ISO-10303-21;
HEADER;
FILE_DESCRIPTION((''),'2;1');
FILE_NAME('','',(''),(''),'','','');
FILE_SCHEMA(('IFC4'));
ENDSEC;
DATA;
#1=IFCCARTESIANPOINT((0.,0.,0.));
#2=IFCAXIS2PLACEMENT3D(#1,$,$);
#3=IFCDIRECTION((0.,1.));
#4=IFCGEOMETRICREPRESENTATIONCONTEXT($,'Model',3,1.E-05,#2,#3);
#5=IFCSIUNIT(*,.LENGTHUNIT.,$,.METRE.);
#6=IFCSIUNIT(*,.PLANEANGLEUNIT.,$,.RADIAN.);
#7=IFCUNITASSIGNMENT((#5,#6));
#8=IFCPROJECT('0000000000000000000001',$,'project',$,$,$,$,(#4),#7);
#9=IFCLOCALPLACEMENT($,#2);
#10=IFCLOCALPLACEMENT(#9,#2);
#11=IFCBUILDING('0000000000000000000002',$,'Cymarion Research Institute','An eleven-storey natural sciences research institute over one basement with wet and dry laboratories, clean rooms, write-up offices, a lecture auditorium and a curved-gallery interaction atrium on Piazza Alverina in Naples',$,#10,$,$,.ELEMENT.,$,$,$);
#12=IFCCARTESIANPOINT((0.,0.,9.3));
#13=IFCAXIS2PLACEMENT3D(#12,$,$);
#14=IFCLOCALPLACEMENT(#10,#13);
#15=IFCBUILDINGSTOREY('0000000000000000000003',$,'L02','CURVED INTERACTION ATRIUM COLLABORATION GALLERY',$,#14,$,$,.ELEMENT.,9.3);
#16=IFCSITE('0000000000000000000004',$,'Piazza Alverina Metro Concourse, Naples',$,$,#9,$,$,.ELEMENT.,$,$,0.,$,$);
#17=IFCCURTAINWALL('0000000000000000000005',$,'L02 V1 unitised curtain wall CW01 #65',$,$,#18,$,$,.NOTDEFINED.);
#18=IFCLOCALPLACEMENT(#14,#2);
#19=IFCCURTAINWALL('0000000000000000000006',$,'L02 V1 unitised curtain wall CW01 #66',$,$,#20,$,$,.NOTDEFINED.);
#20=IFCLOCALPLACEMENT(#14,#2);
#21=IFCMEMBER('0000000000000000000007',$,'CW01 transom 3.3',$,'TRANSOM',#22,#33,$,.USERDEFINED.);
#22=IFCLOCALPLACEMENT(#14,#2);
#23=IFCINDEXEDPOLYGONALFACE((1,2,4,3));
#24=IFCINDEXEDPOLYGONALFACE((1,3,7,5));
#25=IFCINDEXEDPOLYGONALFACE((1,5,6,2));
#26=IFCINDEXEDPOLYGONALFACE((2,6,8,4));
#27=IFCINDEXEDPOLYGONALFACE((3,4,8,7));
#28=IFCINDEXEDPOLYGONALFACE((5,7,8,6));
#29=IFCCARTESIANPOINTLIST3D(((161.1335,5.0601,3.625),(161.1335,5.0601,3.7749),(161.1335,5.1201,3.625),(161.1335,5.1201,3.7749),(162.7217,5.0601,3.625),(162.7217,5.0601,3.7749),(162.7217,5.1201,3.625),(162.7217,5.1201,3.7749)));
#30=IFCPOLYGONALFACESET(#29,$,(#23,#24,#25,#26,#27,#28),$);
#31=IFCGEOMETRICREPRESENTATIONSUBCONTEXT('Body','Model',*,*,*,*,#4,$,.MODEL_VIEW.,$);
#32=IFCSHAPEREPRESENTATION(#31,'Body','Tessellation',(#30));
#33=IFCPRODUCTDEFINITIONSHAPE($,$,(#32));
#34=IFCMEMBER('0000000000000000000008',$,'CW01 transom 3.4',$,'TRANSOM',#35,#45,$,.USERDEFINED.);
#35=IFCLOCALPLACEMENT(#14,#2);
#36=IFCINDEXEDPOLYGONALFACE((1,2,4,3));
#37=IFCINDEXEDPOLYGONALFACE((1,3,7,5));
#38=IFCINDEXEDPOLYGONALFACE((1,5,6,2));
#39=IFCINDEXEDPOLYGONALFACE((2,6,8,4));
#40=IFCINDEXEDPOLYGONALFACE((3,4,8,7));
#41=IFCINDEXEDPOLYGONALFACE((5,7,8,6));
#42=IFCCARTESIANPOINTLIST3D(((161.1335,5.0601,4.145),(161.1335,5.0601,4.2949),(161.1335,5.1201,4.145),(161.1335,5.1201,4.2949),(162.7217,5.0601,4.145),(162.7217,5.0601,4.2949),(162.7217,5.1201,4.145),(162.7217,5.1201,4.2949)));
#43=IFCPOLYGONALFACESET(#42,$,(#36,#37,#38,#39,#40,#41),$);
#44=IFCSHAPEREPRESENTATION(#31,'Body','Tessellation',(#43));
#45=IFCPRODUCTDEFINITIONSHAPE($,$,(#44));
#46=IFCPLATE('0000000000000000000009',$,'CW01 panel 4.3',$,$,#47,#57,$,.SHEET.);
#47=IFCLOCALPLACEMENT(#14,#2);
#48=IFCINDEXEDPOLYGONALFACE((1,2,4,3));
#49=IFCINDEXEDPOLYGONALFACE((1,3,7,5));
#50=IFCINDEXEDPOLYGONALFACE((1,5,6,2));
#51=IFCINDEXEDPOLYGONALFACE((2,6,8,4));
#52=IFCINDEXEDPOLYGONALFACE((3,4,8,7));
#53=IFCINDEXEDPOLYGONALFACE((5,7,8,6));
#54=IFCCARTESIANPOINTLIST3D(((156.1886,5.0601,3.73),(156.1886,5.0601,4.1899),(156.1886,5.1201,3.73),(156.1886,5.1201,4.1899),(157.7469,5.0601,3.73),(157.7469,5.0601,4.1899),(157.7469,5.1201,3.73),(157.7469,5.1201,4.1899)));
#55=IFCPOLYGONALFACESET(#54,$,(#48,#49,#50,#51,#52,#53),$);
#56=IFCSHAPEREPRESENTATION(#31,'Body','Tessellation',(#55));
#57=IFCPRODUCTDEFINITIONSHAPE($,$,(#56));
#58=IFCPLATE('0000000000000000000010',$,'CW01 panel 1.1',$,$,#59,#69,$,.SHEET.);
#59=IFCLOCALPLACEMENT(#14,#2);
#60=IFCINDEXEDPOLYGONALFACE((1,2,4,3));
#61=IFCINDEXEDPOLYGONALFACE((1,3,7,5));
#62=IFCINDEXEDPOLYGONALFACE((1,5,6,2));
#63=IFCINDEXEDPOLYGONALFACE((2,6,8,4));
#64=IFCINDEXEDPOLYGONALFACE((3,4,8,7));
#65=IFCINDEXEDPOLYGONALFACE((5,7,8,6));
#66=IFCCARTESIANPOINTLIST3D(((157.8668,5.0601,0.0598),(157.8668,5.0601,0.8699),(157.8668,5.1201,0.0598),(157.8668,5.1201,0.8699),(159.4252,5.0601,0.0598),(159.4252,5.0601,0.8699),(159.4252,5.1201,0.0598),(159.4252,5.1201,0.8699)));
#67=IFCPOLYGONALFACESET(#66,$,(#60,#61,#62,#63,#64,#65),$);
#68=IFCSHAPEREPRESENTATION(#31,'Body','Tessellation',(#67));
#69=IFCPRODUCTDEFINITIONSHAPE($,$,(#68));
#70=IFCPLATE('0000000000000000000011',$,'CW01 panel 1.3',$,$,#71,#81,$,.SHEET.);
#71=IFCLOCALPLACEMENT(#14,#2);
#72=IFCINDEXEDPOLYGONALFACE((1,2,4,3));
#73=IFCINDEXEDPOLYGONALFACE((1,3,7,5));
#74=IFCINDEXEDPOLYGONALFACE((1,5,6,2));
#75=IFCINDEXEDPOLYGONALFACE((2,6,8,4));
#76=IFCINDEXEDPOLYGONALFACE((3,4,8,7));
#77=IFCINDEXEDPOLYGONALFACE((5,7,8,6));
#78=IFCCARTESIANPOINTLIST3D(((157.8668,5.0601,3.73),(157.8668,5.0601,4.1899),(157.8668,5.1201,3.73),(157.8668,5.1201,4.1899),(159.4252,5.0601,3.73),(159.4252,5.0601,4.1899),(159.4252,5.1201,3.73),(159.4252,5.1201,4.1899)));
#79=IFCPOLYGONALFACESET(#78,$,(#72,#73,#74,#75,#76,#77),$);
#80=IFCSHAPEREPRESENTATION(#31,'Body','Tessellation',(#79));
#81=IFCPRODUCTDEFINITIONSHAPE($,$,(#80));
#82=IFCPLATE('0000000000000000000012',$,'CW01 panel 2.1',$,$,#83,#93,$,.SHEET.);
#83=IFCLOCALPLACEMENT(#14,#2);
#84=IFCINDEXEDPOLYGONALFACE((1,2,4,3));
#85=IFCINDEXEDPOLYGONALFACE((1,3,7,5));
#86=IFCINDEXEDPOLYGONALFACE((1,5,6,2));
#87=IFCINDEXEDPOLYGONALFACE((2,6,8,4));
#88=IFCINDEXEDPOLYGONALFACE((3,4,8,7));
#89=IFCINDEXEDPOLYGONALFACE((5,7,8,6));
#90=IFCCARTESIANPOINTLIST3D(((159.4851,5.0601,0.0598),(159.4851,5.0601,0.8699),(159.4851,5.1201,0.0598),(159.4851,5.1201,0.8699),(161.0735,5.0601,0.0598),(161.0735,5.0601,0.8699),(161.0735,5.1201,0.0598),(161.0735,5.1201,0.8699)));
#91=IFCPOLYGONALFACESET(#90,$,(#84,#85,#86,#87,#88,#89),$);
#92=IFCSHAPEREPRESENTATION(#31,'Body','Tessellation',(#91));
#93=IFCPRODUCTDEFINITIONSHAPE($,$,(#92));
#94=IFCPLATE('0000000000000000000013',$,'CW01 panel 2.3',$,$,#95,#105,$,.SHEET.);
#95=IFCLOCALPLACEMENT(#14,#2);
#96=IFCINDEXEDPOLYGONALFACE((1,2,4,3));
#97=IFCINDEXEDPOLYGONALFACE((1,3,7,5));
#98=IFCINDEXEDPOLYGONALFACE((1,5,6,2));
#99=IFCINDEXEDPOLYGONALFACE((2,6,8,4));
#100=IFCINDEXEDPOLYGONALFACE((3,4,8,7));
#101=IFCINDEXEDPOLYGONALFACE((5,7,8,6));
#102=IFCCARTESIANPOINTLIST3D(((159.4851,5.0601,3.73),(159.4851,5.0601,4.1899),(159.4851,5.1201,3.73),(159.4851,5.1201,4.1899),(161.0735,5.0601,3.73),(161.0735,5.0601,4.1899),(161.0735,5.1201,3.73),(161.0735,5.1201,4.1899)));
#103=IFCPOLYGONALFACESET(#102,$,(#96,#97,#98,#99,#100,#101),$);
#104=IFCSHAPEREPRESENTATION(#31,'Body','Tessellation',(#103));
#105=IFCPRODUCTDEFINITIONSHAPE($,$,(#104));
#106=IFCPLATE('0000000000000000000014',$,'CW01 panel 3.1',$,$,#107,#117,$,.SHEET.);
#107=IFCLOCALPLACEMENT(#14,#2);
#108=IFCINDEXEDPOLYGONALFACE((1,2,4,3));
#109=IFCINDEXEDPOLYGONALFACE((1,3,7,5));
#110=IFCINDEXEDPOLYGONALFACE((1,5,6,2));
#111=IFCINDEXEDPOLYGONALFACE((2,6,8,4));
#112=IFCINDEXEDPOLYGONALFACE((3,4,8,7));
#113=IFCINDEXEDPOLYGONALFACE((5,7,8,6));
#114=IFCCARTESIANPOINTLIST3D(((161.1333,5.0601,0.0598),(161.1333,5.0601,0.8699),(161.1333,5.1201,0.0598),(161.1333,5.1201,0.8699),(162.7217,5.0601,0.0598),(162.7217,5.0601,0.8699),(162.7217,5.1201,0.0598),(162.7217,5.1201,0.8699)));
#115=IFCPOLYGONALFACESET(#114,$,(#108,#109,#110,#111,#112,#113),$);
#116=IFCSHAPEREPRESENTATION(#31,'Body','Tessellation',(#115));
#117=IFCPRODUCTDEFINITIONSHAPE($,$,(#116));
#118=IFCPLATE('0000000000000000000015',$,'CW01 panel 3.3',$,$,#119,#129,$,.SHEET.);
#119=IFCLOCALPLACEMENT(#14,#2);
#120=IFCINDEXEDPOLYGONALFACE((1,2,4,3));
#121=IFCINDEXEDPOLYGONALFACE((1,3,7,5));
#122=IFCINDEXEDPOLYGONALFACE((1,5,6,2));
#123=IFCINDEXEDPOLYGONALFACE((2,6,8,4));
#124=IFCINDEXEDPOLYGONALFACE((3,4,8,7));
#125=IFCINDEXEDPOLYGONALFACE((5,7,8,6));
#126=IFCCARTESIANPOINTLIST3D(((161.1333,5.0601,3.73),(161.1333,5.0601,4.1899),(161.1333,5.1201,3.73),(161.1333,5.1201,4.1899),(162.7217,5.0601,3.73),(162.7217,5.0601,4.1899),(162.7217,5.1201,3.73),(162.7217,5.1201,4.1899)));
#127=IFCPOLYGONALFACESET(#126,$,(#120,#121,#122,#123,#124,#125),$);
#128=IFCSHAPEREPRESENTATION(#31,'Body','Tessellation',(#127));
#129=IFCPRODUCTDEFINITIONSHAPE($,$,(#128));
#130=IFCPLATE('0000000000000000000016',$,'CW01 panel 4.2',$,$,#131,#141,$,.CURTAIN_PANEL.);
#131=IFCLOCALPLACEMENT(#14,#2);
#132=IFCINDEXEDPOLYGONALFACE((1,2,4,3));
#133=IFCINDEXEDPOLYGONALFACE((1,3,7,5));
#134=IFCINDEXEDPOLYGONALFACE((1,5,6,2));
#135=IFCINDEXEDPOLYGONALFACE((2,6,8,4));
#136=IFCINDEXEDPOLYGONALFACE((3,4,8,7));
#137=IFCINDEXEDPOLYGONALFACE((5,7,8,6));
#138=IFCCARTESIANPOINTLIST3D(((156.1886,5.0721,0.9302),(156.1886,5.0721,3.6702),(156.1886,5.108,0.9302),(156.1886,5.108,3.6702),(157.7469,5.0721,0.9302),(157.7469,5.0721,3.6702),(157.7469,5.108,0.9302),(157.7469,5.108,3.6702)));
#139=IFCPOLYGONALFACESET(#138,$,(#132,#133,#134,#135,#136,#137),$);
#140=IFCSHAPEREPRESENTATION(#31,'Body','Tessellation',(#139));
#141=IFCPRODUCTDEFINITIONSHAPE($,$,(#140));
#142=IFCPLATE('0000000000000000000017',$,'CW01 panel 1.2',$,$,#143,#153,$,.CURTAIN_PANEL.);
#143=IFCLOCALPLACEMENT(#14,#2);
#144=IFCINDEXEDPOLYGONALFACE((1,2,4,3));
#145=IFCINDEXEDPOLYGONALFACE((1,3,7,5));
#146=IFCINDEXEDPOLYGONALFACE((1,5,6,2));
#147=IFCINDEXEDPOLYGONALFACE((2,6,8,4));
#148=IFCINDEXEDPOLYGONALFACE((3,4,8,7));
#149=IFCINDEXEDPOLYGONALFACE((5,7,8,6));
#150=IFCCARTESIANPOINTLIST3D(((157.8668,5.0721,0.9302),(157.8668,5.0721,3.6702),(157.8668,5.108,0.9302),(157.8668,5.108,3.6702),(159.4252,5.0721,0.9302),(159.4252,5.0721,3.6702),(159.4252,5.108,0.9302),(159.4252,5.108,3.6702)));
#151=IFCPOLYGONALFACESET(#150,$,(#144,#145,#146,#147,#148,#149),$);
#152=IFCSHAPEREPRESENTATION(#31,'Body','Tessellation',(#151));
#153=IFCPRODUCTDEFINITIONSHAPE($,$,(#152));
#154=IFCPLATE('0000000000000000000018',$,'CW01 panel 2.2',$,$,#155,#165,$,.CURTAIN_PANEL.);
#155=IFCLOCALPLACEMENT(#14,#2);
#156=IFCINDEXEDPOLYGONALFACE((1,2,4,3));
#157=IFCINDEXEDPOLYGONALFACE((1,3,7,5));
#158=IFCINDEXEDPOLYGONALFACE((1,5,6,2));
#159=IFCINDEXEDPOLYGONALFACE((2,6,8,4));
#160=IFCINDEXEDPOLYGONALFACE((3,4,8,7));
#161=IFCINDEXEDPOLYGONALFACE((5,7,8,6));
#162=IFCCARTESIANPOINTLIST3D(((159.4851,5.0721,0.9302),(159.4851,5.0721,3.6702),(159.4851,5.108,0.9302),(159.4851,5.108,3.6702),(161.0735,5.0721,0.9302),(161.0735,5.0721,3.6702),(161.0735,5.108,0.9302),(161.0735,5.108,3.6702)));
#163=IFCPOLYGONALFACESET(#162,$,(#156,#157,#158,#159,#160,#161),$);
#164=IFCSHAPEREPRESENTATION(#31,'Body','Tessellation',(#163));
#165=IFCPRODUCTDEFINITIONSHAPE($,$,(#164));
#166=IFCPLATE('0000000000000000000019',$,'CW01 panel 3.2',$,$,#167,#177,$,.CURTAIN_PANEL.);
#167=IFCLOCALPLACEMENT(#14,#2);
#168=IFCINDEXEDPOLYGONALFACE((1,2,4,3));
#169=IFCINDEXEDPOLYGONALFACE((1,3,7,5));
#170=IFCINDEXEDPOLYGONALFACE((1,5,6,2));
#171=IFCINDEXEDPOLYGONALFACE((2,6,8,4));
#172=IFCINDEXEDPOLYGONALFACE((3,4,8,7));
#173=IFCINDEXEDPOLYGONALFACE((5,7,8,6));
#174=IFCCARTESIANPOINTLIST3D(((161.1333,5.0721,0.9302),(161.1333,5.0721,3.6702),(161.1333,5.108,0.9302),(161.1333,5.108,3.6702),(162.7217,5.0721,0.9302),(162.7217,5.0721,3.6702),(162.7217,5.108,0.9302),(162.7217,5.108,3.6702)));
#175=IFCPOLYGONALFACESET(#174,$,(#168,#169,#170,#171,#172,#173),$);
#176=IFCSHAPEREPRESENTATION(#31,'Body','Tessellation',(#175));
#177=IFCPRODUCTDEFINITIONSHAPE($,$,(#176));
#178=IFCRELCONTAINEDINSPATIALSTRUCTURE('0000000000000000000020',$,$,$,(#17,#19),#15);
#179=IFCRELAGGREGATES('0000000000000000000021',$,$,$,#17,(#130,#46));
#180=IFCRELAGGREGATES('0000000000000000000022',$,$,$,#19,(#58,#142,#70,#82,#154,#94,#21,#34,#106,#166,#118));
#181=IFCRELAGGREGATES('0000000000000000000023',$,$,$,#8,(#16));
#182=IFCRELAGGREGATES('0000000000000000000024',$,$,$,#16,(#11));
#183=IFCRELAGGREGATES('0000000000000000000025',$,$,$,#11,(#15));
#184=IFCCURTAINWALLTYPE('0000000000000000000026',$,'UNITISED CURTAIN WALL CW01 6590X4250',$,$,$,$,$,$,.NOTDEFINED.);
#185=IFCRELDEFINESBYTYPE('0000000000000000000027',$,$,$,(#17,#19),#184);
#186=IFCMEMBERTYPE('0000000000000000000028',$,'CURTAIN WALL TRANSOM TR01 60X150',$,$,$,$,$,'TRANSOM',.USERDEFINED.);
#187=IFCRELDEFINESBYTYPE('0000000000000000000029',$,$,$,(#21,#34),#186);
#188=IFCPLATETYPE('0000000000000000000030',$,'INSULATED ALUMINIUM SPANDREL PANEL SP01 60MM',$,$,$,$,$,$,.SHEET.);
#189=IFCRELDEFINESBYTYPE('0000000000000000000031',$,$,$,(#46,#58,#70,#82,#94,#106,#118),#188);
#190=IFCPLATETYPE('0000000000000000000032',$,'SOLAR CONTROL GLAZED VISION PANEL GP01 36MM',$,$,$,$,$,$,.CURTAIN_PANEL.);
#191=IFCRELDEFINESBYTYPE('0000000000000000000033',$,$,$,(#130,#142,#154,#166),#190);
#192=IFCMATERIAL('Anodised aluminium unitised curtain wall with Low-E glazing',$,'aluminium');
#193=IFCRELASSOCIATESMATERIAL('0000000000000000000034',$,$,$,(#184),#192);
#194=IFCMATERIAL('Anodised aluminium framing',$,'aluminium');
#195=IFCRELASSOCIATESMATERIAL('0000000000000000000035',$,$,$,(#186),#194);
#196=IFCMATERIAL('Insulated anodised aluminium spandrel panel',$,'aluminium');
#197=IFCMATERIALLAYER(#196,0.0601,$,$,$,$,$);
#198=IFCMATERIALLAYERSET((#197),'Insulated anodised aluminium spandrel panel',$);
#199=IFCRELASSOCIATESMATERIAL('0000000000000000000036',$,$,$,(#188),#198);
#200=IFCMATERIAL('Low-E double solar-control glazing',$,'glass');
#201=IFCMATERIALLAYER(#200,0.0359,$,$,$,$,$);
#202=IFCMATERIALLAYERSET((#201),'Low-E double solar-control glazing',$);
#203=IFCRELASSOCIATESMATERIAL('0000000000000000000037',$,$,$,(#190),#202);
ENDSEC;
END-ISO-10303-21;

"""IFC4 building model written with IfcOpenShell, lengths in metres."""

from ifc_helpers import new_model, si_unit, direction, frame, origin, origin_2d, place, context, subcontext, project, spatial, rectangle, extrude, material, layer, layer_set, material_profile, profile_set, type_object, element, aggregate, save


model = new_model("IFC4")

# Units and contexts
model_context = context("Model", 3, precision=1e-05, world=origin(), true_north=direction((0.0, 1.0)))
body_context = subcontext(model_context, "Body", "Model", "MODEL_VIEW")
ifc_project = project(units=[si_unit("LENGTHUNIT", "METRE"), si_unit("PLANEANGLEUNIT", "RADIAN")], contexts=[model_context])

# Site, building, storey
site_placement = place(None, origin())
site = spatial("IfcSite", under=ifc_project, at=site_placement, Name="Piazza Alverina Metro Concourse, Naples", CompositionType="ELEMENT", RefElevation=0.0)
building_placement = place(site_placement, origin())
building = spatial("IfcBuilding", under=site, at=building_placement, Name="Cymarion Research Institute", Description="An eleven-storey natural sciences research institute over one basement with wet and dry laboratories, clean rooms, write-up offices, a lecture auditorium and a curved-gallery interaction atrium on Piazza Alverina in Naples", CompositionType="ELEMENT")
storey_placement = place(building_placement, frame((0.0, 0.0, 9.3)))
storey = spatial("IfcBuildingStorey", under=building, at=storey_placement, Name="L02", Description="CURVED INTERACTION ATRIUM COLLABORATION GALLERY", CompositionType="ELEMENT", Elevation=9.3)

# Curtain wall
ifc_material_1 = material(Name="Anodised aluminium unitised curtain wall with Low-E glazing", Category="aluminium")
curtain_wall_type = type_object("IfcCurtainWallType", Name="UNITISED CURTAIN WALL CW01 6590X4250", PredefinedType="NOTDEFINED", material=ifc_material_1)
curtain_wall_1_placement = place(storey_placement, origin())
curtain_wall_1 = element("IfcCurtainWall", 1, at=curtain_wall_1_placement, inside=storey, type_object=curtain_wall_type, Name="L02 V1 unitised curtain wall CW01 #65", PredefinedType="NOTDEFINED")
ifc_material_2 = material(Name="Anodised aluminium framing", Category="aluminium")

# Curtain wall, members
curtain_wall_2_placement = place(storey_placement, origin())
curtain_wall_2 = element("IfcCurtainWall", 2, at=curtain_wall_2_placement, inside=storey, type_object=curtain_wall_type, Name="L02 V1 unitised curtain wall CW01 #66", PredefinedType="NOTDEFINED")
ifc_material_profile_1 = material_profile(ifc_material_2, rectangle(XDim=0.0601, YDim=0.1499, at=origin_2d()), Name="ALU TRANSOM 60x150")
ifc_profile_set_1 = profile_set([ifc_material_profile_1], Name="Anodised aluminium framing")
member_type_1 = type_object("IfcMemberType", Name="CURTAIN WALL TRANSOM TR01 60X150", ElementType="TRANSOM", PredefinedType="USERDEFINED", material=ifc_profile_set_1)
member_1_placement = place(storey_placement, frame((161.1335, 5.0901, 3.7), z_axis=(1.0, 0.0, 0.0), x_axis=(0.0, 1.0, 0.0)))
member_1 = element("IfcMember", 3, at=member_1_placement, type_object=member_type_1, Name="CW01 transom 3.3", ObjectType="TRANSOM", PredefinedType="USERDEFINED", context=body_context, shape_type="SweptSolid", body=[
    extrude(rectangle(XDim=0.0601, YDim=0.1499, at=origin_2d()), origin(), (0.0, 0.0, 1.0), 1.5881),
])
member_2_placement = place(storey_placement, frame((161.1335, 5.0901, 4.22), z_axis=(1.0, 0.0, 0.0), x_axis=(0.0, 1.0, 0.0)))
member_2 = element("IfcMember", 4, at=member_2_placement, type_object=member_type_1, Name="CW01 transom 3.4", ObjectType="TRANSOM", PredefinedType="USERDEFINED", context=body_context, shape_type="SweptSolid", body=[
    extrude(rectangle(XDim=0.0601, YDim=0.1499, at=origin_2d()), origin(), (0.0, 0.0, 1.0), 1.5881),
])

# Plates
ifc_material_3 = material(Name="Insulated anodised aluminium spandrel panel", Category="aluminium")
ifc_layer_1 = layer(ifc_material_3, 0.0601)
ifc_layer_set_1 = layer_set([ifc_layer_1], Name="Insulated anodised aluminium spandrel panel")
plate_type_1 = type_object("IfcPlateType", Name="INSULATED ALUMINIUM SPANDREL PANEL SP01 60MM", PredefinedType="SHEET", material=ifc_layer_set_1)
plate_1_placement = place(storey_placement, frame((156.9678, 5.0901, 3.73), z_axis=(0.0, 0.0, 1.0), x_axis=(1.0, 0.0, 0.0)))
plate_1 = element("IfcPlate", 5, at=plate_1_placement, type_object=plate_type_1, Name="CW01 panel 4.3", PredefinedType="SHEET", context=body_context, shape_type="SweptSolid", body=[
    extrude(rectangle(XDim=1.5583, YDim=0.0601, at=origin_2d()), origin(), (0.0, 0.0, 1.0), 0.46),
])
plate_2_placement = place(storey_placement, frame((158.646, 5.0901, 0.0598), z_axis=(0.0, 0.0, 1.0), x_axis=(1.0, 0.0, 0.0)))
plate_2 = element("IfcPlate", 6, at=plate_2_placement, type_object=plate_type_1, Name="CW01 panel 1.1", PredefinedType="SHEET", context=body_context, shape_type="SweptSolid", body=[
    extrude(rectangle(XDim=1.5583, YDim=0.0601, at=origin_2d()), origin(), (0.0, 0.0, 1.0), 0.8101),
])
plate_3_placement = place(storey_placement, frame((158.646, 5.0901, 3.73), z_axis=(0.0, 0.0, 1.0), x_axis=(1.0, 0.0, 0.0)))
plate_3 = element("IfcPlate", 7, at=plate_3_placement, type_object=plate_type_1, Name="CW01 panel 1.3", PredefinedType="SHEET", context=body_context, shape_type="SweptSolid", body=[
    extrude(rectangle(XDim=1.5583, YDim=0.0601, at=origin_2d()), origin(), (0.0, 0.0, 1.0), 0.46),
])
plate_4_placement = place(storey_placement, frame((160.2793, 5.0901, 0.0598), z_axis=(0.0, 0.0, 1.0), x_axis=(1.0, 0.0, 0.0)))
plate_4 = element("IfcPlate", 8, at=plate_4_placement, type_object=plate_type_1, Name="CW01 panel 2.1", PredefinedType="SHEET", context=body_context, shape_type="SweptSolid", body=[
    extrude(rectangle(XDim=1.5884, YDim=0.0601, at=origin_2d()), origin(), (0.0, 0.0, 1.0), 0.8101),
])
plate_5_placement = place(storey_placement, frame((160.2793, 5.0901, 3.73), z_axis=(0.0, 0.0, 1.0), x_axis=(1.0, 0.0, 0.0)))
plate_5 = element("IfcPlate", 9, at=plate_5_placement, type_object=plate_type_1, Name="CW01 panel 2.3", PredefinedType="SHEET", context=body_context, shape_type="SweptSolid", body=[
    extrude(rectangle(XDim=1.5884, YDim=0.0601, at=origin_2d()), origin(), (0.0, 0.0, 1.0), 0.46),
])
plate_6_placement = place(storey_placement, frame((161.9275, 5.0901, 0.0598), z_axis=(0.0, 0.0, 1.0), x_axis=(1.0, 0.0, 0.0)))
plate_6 = element("IfcPlate", 10, at=plate_6_placement, type_object=plate_type_1, Name="CW01 panel 3.1", PredefinedType="SHEET", context=body_context, shape_type="SweptSolid", body=[
    extrude(rectangle(XDim=1.5884, YDim=0.0601, at=origin_2d()), origin(), (0.0, 0.0, 1.0), 0.8101),
])
plate_7_placement = place(storey_placement, frame((161.9275, 5.0901, 3.73), z_axis=(0.0, 0.0, 1.0), x_axis=(1.0, 0.0, 0.0)))
plate_7 = element("IfcPlate", 11, at=plate_7_placement, type_object=plate_type_1, Name="CW01 panel 3.3", PredefinedType="SHEET", context=body_context, shape_type="SweptSolid", body=[
    extrude(rectangle(XDim=1.5884, YDim=0.0601, at=origin_2d()), origin(), (0.0, 0.0, 1.0), 0.46),
])
ifc_material_4 = material(Name="Low-E double solar-control glazing", Category="glass")
ifc_layer_2 = layer(ifc_material_4, 0.0359)
ifc_layer_set_2 = layer_set([ifc_layer_2], Name="Low-E double solar-control glazing")
plate_type_2 = type_object("IfcPlateType", Name="SOLAR CONTROL GLAZED VISION PANEL GP01 36MM", PredefinedType="CURTAIN_PANEL", material=ifc_layer_set_2)
plate_8_placement = place(storey_placement, frame((156.9678, 5.0901, 0.9302), z_axis=(0.0, 0.0, 1.0), x_axis=(1.0, 0.0, 0.0)))
plate_8 = element("IfcPlate", 12, at=plate_8_placement, type_object=plate_type_2, Name="CW01 panel 4.2", PredefinedType="CURTAIN_PANEL", context=body_context, shape_type="SweptSolid", body=[
    extrude(rectangle(XDim=1.5583, YDim=0.0359, at=origin_2d()), origin(), (0.0, 0.0, 1.0), 2.74),
])
aggregate(curtain_wall_1, [plate_8, plate_1])
plate_9_placement = place(storey_placement, frame((158.646, 5.0901, 0.9302), z_axis=(0.0, 0.0, 1.0), x_axis=(1.0, 0.0, 0.0)))
plate_9 = element("IfcPlate", 13, at=plate_9_placement, type_object=plate_type_2, Name="CW01 panel 1.2", PredefinedType="CURTAIN_PANEL", context=body_context, shape_type="SweptSolid", body=[
    extrude(rectangle(XDim=1.5583, YDim=0.0359, at=origin_2d()), origin(), (0.0, 0.0, 1.0), 2.74),
])
plate_10_placement = place(storey_placement, frame((160.2793, 5.0901, 0.9302), z_axis=(0.0, 0.0, 1.0), x_axis=(1.0, 0.0, 0.0)))
plate_10 = element("IfcPlate", 14, at=plate_10_placement, type_object=plate_type_2, Name="CW01 panel 2.2", PredefinedType="CURTAIN_PANEL", context=body_context, shape_type="SweptSolid", body=[
    extrude(rectangle(XDim=1.5884, YDim=0.0359, at=origin_2d()), origin(), (0.0, 0.0, 1.0), 2.74),
])
plate_11_placement = place(storey_placement, frame((161.9275, 5.0901, 0.9302), z_axis=(0.0, 0.0, 1.0), x_axis=(1.0, 0.0, 0.0)))
plate_11 = element("IfcPlate", 15, at=plate_11_placement, type_object=plate_type_2, Name="CW01 panel 3.2", PredefinedType="CURTAIN_PANEL", context=body_context, shape_type="SweptSolid", body=[
    extrude(rectangle(XDim=1.5884, YDim=0.0359, at=origin_2d()), origin(), (0.0, 0.0, 1.0), 2.74),
])
aggregate(curtain_wall_2, [plate_2, plate_9, plate_3, plate_4, plate_10, plate_5, member_1, member_2, plate_6, plate_11, plate_7])

save(model, "model.ifc")
